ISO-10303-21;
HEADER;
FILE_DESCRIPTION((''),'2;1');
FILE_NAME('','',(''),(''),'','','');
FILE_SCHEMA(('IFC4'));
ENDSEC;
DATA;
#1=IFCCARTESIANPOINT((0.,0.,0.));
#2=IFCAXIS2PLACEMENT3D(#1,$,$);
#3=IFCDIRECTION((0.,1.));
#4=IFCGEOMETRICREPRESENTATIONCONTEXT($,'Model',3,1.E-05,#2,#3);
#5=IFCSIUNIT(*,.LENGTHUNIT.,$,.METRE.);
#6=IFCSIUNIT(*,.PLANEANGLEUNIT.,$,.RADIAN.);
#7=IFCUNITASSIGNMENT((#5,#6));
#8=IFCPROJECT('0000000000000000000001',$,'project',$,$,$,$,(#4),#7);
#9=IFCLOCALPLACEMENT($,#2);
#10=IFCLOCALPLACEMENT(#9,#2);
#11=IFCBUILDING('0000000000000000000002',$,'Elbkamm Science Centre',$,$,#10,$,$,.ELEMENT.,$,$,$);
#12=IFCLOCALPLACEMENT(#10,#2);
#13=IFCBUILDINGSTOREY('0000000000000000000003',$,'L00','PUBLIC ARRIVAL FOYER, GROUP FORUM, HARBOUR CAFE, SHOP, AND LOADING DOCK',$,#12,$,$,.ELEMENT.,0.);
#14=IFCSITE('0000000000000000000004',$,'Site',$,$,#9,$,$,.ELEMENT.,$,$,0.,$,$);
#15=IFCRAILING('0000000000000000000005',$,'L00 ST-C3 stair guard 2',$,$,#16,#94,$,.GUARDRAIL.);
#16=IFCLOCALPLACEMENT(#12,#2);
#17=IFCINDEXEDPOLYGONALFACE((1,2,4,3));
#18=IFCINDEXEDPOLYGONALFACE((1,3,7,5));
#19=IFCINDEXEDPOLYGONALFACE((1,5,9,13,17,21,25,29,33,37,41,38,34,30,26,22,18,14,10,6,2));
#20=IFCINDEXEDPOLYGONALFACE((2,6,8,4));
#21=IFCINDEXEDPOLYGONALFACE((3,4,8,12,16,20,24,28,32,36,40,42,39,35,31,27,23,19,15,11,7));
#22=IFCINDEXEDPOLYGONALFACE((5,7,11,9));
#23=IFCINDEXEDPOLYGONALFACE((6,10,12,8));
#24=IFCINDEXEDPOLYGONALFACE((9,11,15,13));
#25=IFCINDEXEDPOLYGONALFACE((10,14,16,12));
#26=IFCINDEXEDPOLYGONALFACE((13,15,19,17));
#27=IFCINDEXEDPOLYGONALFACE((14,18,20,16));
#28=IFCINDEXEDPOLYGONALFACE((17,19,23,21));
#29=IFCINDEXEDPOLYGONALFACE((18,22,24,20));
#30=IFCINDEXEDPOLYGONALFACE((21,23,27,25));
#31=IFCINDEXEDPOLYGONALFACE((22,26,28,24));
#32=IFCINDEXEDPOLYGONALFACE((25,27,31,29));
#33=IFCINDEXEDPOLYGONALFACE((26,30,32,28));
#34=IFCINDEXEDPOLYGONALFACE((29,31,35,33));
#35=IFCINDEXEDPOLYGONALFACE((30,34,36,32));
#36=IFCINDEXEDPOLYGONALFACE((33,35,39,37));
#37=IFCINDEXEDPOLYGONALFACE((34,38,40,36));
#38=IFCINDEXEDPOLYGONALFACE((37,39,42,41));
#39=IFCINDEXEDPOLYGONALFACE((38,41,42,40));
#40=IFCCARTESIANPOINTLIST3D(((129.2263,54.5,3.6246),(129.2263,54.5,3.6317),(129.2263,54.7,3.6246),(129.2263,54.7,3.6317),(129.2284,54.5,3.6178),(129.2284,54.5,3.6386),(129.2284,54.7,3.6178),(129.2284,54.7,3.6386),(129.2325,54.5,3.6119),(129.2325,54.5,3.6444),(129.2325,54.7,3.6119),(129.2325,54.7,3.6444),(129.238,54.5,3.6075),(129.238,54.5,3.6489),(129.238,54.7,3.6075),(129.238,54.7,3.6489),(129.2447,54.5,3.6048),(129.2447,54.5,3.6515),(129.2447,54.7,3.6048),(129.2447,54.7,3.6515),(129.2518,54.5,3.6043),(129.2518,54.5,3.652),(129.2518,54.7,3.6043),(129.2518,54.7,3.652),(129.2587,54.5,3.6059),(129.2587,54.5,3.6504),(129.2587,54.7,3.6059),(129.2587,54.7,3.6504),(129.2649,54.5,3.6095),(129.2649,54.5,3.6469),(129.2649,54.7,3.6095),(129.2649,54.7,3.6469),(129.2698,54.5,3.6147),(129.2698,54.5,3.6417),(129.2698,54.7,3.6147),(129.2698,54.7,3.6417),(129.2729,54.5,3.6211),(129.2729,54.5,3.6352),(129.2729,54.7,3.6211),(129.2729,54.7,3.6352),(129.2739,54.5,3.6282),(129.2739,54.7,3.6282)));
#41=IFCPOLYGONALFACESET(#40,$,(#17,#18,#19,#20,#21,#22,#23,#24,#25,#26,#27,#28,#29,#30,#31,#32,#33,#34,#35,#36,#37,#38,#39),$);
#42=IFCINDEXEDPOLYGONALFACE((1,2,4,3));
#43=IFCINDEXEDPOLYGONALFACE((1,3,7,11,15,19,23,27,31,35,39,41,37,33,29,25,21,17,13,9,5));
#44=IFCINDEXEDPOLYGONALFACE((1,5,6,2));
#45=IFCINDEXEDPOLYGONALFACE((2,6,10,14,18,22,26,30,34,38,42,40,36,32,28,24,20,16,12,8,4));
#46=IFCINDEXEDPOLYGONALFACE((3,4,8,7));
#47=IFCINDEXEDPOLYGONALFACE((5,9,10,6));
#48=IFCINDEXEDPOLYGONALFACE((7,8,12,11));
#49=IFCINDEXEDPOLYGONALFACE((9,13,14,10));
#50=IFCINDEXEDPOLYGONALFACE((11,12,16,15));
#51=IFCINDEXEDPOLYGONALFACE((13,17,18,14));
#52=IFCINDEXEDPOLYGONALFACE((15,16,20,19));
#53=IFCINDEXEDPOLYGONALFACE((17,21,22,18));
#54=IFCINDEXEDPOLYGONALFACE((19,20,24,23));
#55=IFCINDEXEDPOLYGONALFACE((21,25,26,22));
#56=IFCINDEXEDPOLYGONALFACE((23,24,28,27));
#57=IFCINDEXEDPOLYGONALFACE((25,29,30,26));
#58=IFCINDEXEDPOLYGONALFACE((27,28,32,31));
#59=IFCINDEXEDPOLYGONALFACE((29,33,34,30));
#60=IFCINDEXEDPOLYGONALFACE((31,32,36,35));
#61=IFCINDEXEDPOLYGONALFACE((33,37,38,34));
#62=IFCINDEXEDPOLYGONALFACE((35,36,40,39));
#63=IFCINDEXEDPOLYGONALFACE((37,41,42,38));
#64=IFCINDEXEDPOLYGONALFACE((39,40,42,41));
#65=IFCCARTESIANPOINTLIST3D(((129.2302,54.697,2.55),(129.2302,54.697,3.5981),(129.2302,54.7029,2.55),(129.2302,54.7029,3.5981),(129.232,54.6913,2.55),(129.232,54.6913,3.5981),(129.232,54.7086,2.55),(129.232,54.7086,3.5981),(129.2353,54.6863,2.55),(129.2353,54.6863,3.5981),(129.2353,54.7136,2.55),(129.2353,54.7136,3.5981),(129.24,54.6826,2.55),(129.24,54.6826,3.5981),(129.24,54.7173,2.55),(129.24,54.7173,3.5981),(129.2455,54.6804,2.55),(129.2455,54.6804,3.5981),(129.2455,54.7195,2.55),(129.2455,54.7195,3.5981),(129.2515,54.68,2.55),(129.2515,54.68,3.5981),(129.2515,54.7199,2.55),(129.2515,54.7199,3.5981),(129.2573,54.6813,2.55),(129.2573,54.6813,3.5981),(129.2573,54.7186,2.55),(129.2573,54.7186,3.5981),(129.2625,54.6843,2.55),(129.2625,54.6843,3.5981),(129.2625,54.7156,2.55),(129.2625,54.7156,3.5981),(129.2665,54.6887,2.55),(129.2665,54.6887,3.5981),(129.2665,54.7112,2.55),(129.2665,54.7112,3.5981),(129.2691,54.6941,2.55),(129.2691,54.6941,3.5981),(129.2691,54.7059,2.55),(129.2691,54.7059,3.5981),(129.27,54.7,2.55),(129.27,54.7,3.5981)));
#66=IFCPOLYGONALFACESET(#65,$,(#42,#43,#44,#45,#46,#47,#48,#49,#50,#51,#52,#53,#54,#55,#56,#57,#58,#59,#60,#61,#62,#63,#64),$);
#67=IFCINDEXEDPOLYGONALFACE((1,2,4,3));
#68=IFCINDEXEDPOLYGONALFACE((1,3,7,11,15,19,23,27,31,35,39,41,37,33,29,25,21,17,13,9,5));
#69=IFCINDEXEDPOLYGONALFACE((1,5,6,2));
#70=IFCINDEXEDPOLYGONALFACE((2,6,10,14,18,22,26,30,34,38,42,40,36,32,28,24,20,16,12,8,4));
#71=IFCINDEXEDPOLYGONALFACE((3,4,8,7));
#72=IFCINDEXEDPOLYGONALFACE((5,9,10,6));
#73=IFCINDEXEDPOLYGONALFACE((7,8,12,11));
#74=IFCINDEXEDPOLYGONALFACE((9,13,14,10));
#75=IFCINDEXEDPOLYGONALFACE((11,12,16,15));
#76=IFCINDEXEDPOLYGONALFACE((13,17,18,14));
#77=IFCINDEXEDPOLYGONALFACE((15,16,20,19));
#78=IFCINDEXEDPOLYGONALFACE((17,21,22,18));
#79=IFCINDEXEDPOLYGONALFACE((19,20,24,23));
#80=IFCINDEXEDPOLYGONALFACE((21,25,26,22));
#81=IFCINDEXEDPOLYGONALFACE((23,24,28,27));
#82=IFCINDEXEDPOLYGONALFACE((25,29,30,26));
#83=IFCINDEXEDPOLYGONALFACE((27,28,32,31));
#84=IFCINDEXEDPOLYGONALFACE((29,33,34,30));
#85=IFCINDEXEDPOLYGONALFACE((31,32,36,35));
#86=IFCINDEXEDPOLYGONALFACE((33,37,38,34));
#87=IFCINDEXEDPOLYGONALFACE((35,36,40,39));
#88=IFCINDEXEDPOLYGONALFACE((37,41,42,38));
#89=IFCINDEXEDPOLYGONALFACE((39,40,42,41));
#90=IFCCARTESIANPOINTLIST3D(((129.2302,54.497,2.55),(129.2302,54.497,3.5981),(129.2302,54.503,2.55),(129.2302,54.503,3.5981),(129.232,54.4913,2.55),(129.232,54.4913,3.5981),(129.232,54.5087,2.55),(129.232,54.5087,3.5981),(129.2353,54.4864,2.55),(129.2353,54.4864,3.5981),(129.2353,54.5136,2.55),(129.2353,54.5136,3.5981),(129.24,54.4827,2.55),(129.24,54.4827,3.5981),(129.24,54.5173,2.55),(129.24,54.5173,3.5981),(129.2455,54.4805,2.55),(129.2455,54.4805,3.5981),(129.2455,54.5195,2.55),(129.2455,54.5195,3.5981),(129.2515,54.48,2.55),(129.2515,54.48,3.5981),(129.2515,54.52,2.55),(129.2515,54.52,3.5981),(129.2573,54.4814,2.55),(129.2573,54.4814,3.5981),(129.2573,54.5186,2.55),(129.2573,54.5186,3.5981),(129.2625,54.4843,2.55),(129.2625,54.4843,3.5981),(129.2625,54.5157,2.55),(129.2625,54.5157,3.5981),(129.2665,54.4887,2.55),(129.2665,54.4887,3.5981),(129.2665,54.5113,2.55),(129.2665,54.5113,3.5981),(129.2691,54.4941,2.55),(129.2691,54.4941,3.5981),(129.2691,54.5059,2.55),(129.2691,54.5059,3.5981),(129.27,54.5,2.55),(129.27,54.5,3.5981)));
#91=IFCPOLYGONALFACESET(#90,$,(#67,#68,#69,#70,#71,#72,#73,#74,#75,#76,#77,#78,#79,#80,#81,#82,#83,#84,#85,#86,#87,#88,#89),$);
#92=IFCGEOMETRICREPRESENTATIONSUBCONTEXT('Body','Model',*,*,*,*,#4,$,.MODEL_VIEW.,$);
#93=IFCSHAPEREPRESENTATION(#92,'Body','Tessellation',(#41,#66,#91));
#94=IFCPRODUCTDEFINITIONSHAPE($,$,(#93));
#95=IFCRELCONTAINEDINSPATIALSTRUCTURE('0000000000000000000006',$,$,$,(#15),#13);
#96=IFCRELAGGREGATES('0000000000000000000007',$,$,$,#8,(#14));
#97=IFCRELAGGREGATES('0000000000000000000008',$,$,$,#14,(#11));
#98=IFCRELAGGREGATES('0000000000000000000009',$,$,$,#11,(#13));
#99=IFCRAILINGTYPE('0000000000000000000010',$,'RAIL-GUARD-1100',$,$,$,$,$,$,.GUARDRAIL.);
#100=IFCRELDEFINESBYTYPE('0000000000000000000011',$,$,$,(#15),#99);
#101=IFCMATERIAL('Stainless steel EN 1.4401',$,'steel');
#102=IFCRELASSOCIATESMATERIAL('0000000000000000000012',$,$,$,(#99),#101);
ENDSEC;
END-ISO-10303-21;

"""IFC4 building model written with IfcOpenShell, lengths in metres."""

from ifc_helpers import new_model, si_unit, direction, frame, origin, origin_2d, place, context, subcontext, project, spatial, circle, extrude, material, type_object, element, save


model = new_model("IFC4")

# Units and contexts
model_context = context("Model", 3, precision=1e-05, world=origin(), true_north=direction((0.0, 1.0)))
body_context = subcontext(model_context, "Body", "Model", "MODEL_VIEW")
ifc_project = project(units=[si_unit("LENGTHUNIT", "METRE"), si_unit("PLANEANGLEUNIT", "RADIAN")], contexts=[model_context])

# Site, building, storey
site_placement = place(None, origin())
site = spatial("IfcSite", under=ifc_project, at=site_placement, Name="Site", CompositionType="ELEMENT", RefElevation=0.0)
building_placement = place(site_placement, origin())
building = spatial("IfcBuilding", under=site, at=building_placement, Name="Elbkamm Science Centre", CompositionType="ELEMENT")
storey_placement = place(building_placement, origin())
storey = spatial("IfcBuildingStorey", under=building, at=storey_placement, Name="L00", Description="PUBLIC ARRIVAL FOYER, GROUP FORUM, HARBOUR CAFE, SHOP, AND LOADING DOCK", CompositionType="ELEMENT", Elevation=0.0)

# Railing
ifc_material_1 = material(Name="Stainless steel EN 1.4401", Category="steel")
railing_type_1 = type_object("IfcRailingType", Name="RAIL-GUARD-1100", PredefinedType="GUARDRAIL", material=ifc_material_1)
railing_1_placement = place(storey_placement, frame((129.25, 54.7, 2.55)))
element("IfcRailing", 1, at=railing_1_placement, inside=storey, type_object=railing_type_1, Name="L00 ST-C3 stair guard 2", PredefinedType="GUARDRAIL", context=body_context, shape_type="SweptSolid", body=[
    extrude(circle(Radius=0.0239, at=origin_2d()), frame((0.0, 0.0, 1.0781), z_axis=(0.0, -1.0, 0.0), x_axis=(1.0, 0.0, 0.0)), (0.0, 0.0, 1.0), 0.2),
    extrude(circle(Radius=0.02, at=origin_2d()), origin(), (0.0, 0.0, 1.0), 1.0481),
    extrude(circle(Radius=0.02, at=origin_2d()), frame((0.0, -0.2, 0.0)), (0.0, 0.0, 1.0), 1.0481),
])

save(model, "model.ifc")
